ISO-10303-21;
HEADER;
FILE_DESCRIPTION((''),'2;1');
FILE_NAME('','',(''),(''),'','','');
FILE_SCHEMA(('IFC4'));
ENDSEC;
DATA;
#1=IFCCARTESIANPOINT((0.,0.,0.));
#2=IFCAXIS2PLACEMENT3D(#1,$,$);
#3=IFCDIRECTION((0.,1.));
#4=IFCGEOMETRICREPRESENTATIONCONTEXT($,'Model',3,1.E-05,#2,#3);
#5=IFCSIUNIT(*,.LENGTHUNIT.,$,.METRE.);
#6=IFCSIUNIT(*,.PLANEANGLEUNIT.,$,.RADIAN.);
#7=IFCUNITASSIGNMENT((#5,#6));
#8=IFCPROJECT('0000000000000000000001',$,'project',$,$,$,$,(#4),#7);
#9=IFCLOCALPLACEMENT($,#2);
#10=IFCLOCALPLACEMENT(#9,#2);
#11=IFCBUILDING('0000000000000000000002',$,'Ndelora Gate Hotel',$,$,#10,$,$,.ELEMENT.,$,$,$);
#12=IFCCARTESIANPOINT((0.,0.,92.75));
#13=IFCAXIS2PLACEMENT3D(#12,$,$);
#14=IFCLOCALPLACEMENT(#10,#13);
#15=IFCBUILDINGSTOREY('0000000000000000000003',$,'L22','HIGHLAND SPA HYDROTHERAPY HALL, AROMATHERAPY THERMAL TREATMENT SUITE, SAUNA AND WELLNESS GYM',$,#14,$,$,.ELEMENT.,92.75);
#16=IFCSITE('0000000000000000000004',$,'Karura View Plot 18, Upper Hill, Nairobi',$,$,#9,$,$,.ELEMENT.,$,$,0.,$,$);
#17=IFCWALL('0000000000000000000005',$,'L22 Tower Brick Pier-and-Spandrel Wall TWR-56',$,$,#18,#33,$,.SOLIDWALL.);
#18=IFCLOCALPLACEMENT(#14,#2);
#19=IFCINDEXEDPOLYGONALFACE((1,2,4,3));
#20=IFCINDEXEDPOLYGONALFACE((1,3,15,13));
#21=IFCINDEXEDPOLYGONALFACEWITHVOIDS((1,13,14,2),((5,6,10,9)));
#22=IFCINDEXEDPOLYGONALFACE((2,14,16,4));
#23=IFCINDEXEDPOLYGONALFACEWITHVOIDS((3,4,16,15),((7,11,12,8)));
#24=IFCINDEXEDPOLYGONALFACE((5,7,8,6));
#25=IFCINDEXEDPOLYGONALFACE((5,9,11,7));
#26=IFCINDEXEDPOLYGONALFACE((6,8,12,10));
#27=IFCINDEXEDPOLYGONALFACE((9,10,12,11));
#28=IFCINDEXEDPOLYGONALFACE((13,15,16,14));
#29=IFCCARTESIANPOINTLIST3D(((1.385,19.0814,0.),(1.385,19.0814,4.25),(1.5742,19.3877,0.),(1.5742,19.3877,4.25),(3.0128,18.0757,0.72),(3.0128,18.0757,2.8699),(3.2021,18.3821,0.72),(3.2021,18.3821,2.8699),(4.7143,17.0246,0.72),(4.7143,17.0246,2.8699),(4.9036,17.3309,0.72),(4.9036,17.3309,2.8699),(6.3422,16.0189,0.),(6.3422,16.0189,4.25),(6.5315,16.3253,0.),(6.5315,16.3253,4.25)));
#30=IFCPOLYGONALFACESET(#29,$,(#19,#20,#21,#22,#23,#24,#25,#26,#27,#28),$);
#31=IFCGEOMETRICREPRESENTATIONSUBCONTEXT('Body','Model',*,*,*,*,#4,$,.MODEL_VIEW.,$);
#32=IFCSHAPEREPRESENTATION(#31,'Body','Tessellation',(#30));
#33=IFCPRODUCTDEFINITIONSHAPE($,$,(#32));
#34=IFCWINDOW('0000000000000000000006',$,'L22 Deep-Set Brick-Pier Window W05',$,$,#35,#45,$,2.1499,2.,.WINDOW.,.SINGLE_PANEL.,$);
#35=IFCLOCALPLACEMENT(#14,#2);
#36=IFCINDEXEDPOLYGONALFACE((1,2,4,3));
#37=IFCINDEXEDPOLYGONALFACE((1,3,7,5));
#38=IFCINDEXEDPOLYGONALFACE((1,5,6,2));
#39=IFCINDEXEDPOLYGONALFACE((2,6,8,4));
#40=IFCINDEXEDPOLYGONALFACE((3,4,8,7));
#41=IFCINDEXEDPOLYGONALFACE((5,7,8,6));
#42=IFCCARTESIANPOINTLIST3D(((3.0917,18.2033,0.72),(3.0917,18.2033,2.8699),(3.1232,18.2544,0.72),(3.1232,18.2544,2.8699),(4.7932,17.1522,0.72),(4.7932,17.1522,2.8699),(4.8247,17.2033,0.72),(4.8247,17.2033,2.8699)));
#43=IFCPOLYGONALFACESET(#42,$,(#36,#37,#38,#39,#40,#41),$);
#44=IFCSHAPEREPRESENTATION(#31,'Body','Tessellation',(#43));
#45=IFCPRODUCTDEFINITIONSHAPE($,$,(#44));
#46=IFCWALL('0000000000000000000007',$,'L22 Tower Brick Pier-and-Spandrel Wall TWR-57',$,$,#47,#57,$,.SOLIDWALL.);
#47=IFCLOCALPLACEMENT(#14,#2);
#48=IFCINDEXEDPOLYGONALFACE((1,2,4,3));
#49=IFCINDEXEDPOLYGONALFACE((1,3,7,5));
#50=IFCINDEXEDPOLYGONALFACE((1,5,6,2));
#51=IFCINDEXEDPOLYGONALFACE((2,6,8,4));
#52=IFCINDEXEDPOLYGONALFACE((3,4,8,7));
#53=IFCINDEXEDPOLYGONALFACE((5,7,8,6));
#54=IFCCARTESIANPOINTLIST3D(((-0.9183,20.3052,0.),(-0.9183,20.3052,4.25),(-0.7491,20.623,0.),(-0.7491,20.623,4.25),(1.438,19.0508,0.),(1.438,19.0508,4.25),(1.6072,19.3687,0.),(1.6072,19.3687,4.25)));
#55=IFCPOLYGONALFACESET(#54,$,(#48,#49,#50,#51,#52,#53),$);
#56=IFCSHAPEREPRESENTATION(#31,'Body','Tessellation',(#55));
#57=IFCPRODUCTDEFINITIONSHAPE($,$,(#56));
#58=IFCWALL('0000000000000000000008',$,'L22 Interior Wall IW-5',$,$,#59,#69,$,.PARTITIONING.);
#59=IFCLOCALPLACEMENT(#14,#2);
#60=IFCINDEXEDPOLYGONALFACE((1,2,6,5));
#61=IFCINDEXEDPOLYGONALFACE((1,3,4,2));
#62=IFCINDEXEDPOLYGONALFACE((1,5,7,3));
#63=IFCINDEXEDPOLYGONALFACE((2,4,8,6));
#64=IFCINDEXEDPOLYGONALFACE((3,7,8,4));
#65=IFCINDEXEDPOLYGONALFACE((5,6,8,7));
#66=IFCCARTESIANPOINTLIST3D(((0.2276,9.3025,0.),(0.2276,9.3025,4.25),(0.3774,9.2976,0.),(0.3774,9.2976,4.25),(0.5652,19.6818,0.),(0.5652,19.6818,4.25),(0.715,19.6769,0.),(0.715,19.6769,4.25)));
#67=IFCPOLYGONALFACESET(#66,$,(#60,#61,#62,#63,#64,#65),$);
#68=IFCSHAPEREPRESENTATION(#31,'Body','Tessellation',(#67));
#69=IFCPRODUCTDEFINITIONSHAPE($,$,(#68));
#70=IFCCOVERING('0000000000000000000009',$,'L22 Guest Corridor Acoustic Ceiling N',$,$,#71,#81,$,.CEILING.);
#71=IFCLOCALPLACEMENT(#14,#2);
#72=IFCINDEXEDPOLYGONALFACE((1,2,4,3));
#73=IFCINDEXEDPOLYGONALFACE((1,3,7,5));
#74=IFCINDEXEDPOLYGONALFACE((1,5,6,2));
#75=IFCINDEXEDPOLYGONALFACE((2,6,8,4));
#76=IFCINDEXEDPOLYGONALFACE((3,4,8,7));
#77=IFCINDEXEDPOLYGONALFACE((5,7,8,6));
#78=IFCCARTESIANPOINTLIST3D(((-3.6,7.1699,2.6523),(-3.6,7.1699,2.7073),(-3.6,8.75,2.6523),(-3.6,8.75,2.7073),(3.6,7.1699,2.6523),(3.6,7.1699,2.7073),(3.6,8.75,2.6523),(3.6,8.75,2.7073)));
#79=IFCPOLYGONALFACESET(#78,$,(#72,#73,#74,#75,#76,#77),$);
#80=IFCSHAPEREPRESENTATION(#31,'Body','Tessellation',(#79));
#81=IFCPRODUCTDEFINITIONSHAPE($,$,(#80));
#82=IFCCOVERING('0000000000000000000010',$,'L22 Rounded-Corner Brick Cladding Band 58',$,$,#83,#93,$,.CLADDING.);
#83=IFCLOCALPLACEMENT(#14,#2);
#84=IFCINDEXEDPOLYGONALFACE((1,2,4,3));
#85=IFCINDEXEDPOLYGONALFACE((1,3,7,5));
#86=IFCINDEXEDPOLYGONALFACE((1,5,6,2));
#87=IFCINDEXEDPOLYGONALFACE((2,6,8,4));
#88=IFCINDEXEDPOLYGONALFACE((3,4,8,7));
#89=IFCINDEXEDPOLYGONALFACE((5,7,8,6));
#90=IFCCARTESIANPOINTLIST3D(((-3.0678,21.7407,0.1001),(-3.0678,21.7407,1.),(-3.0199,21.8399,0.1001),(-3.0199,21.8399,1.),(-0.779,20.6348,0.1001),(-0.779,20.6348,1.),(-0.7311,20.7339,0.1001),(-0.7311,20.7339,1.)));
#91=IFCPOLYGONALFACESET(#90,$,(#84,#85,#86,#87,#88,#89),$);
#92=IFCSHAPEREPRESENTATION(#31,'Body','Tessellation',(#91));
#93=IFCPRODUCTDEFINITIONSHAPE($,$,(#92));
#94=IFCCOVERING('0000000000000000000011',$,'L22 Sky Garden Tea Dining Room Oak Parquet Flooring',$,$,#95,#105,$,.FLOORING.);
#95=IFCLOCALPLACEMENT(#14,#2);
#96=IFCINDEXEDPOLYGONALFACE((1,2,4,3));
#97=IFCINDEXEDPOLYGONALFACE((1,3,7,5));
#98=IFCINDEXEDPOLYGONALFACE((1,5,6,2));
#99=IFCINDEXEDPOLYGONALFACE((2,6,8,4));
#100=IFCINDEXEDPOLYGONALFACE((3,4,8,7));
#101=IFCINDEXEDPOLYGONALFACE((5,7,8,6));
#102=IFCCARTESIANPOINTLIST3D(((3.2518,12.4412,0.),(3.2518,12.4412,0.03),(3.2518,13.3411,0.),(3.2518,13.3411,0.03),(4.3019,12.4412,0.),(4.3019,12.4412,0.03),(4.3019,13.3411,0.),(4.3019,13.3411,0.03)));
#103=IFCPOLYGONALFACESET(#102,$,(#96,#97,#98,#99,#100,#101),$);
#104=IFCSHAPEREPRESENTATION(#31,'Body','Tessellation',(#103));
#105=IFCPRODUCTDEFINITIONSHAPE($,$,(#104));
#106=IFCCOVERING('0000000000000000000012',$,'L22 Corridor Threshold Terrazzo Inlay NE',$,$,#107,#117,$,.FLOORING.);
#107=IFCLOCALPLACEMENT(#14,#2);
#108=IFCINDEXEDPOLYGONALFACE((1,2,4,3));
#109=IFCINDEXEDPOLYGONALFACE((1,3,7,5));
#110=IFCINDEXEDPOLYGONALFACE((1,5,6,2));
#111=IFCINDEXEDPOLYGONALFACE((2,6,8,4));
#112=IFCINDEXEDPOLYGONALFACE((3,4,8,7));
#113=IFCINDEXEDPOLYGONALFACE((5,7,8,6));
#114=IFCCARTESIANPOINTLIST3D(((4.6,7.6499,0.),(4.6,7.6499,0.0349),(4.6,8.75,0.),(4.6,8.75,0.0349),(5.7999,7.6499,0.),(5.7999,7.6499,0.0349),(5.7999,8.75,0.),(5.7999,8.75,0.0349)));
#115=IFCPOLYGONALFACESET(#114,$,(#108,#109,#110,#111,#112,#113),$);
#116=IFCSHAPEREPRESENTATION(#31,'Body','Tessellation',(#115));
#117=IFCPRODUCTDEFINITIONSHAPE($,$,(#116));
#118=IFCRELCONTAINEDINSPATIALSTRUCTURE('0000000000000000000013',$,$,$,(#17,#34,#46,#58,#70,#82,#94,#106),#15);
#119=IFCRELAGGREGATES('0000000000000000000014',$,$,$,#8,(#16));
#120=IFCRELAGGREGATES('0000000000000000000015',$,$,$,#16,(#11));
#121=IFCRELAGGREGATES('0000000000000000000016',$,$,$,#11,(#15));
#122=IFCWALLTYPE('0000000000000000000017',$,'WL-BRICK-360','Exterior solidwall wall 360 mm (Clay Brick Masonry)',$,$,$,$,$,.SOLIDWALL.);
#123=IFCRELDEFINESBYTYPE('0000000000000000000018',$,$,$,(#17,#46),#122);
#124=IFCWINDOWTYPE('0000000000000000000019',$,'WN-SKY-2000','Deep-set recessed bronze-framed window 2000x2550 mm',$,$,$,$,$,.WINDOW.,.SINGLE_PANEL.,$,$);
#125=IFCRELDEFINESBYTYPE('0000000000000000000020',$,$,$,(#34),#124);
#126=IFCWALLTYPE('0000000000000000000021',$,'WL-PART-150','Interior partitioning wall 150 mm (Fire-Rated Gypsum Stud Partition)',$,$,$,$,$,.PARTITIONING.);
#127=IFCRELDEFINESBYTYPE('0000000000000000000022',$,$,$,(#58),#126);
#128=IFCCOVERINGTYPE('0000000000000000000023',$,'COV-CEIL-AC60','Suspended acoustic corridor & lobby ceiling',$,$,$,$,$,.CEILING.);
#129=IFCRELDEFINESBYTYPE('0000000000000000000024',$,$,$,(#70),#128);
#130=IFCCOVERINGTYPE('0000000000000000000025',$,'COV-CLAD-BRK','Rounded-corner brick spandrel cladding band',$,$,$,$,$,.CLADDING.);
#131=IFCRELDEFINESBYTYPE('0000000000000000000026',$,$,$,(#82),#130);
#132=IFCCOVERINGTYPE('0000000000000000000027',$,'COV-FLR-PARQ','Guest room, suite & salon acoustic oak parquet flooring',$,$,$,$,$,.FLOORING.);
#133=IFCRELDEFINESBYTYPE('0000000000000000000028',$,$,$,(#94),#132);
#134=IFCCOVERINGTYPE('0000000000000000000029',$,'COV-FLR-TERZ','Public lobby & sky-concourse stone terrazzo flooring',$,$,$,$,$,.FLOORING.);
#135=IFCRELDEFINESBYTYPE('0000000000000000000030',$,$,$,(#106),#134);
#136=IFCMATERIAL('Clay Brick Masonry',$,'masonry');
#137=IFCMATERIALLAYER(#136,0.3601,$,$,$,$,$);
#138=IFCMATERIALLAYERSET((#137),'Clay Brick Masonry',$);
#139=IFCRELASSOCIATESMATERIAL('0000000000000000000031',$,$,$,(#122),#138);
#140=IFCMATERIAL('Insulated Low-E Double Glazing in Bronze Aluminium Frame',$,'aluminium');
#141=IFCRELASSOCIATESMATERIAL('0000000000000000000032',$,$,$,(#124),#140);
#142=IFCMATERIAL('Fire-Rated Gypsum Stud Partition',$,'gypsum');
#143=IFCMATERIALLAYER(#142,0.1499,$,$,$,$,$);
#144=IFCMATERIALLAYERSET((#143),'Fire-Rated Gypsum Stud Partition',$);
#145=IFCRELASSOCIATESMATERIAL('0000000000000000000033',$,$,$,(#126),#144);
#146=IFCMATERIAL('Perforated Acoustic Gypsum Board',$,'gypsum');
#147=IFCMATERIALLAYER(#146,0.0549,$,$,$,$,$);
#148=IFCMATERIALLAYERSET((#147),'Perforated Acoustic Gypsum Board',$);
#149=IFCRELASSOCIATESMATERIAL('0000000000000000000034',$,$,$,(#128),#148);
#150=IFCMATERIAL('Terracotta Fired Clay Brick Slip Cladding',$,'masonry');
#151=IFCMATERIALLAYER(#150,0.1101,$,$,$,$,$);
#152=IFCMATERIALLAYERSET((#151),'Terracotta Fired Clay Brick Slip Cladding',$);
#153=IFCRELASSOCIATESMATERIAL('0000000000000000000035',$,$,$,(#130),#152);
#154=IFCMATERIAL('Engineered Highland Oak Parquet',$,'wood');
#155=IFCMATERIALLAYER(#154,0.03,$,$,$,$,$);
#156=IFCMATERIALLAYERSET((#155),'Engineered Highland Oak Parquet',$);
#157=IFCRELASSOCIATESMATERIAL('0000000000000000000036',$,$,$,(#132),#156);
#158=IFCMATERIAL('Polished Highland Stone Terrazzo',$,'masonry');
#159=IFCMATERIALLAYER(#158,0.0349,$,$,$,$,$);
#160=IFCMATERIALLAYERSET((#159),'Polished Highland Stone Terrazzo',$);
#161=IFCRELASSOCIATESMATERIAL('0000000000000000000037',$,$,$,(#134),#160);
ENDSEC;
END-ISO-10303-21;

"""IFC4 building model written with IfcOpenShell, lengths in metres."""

from ifc_helpers import new_model, si_unit, direction, frame, frame_2d, origin, origin_2d, place, context, subcontext, project, spatial, rectangle, extrude, material, layer, layer_set, type_object, element, fill, save


model = new_model("IFC4")

# Units and contexts
model_context = context("Model", 3, precision=1e-05, world=origin(), true_north=direction((0.0, 1.0)))
body_context = subcontext(model_context, "Body", "Model", "MODEL_VIEW")
ifc_project = project(units=[si_unit("LENGTHUNIT", "METRE"), si_unit("PLANEANGLEUNIT", "RADIAN")], contexts=[model_context])

# Site, building, storey
site_placement = place(None, origin())
site = spatial("IfcSite", under=ifc_project, at=site_placement, Name="Karura View Plot 18, Upper Hill, Nairobi", CompositionType="ELEMENT", RefElevation=0.0)
building_placement = place(site_placement, origin())
building = spatial("IfcBuilding", under=site, at=building_placement, Name="Ndelora Gate Hotel", CompositionType="ELEMENT")
storey_placement = place(building_placement, frame((0.0, 0.0, 92.75)))
storey = spatial("IfcBuildingStorey", under=building, at=storey_placement, Name="L22", Description="HIGHLAND SPA HYDROTHERAPY HALL, AROMATHERAPY THERMAL TREATMENT SUITE, SAUNA AND WELLNESS GYM", CompositionType="ELEMENT", Elevation=92.75)

# Shared definitions
ifc_material_1 = material(Name="Clay Brick Masonry", Category="masonry")
ifc_layer_1 = layer(ifc_material_1, 0.3601)
ifc_layer_set_1 = layer_set([ifc_layer_1], Name="Clay Brick Masonry")
wall_type_1 = type_object("IfcWallType", Name="WL-BRICK-360", Description="Exterior solidwall wall 360 mm (Clay Brick Masonry)", PredefinedType="SOLIDWALL", material=ifc_layer_set_1)

# Wall, opening, window
wall_1_placement = place(storey_placement, frame((1.4795, 19.2346, 0.0), z_axis=(0.0, 0.0, 1.0), x_axis=(0.850748, -0.525574, 0.0)))
wall_1 = element("IfcWall", 1, at=wall_1_placement, inside=storey, type_object=wall_type_1, Name="L22 Tower Brick Pier-and-Spandrel Wall TWR-56", PredefinedType="SOLIDWALL", context=body_context, shape_type="SweptSolid", body=[
    extrude(rectangle(XDim=5.8269, YDim=0.3601, at=frame_2d((2.9136, 0.0))), origin(), (0.0, 0.0, 1.0), 4.25),
])
opening_1_placement = place(wall_1_placement, frame((1.9136, 0.0, 0.72)))
opening_1 = element("IfcOpeningElement", 2, at=opening_1_placement, cuts=wall_1, PredefinedType="OPENING", context=body_context, shape_type="SweptSolid", body=[
    extrude(rectangle(XDim=2.0, YDim=2.1499, at=frame_2d((1.0, 1.075))), frame((0.0, 0.1899, 0.0), z_axis=(0.0, -1.0, 0.0), x_axis=(1.0, 0.0, 0.0)), (0.0, 0.0, 1.0), 0.3801),
])
ifc_material_2 = material(Name="Insulated Low-E Double Glazing in Bronze Aluminium Frame", Category="aluminium")
window_type = type_object("IfcWindowType", Name="WN-SKY-2000", Description="Deep-set recessed bronze-framed window 2000x2550 mm", PartitioningType="SINGLE_PANEL", PredefinedType="WINDOW", material=ifc_material_2)
window_placement = place(opening_1_placement, origin())
window = element("IfcWindow", 3, at=window_placement, inside=storey, type_object=window_type, Name="L22 Deep-Set Brick-Pier Window W05", OverallHeight=2.1499, OverallWidth=2.0, PartitioningType="SINGLE_PANEL", PredefinedType="WINDOW", context=body_context, shape_type="SweptSolid", body=[
    extrude(rectangle(XDim=2.0, YDim=2.1499, at=frame_2d((1.0, 1.075))), frame((0.0, 0.03, 0.0), z_axis=(0.0, -1.0, 0.0), x_axis=(1.0, 0.0, 0.0)), (0.0, 0.0, 1.0), 0.0601),
])
fill(opening_1, window)

# Walls
wall_2_placement = place(storey_placement, frame((-0.8337, 20.4641, 0.0), z_axis=(0.0, 0.0, 1.0), x_axis=(0.882722, -0.469895, 0.0)))
element("IfcWall", 4, at=wall_2_placement, inside=storey, type_object=wall_type_1, Name="L22 Tower Brick Pier-and-Spandrel Wall TWR-57", PredefinedType="SOLIDWALL", context=body_context, shape_type="SweptSolid", body=[
    extrude(rectangle(XDim=2.6694, YDim=0.3601, at=frame_2d((1.3347, 0.0))), origin(), (0.0, 0.0, 1.0), 4.25),
])
ifc_material_3 = material(Name="Fire-Rated Gypsum Stud Partition", Category="gypsum")
ifc_layer_2 = layer(ifc_material_3, 0.1499)
ifc_layer_set_2 = layer_set([ifc_layer_2], Name="Fire-Rated Gypsum Stud Partition")
wall_type_2 = type_object("IfcWallType", Name="WL-PART-150", Description="Interior partitioning wall 150 mm (Fire-Rated Gypsum Stud Partition)", PredefinedType="PARTITIONING", material=ifc_layer_set_2)
wall_3_placement = place(storey_placement, frame((0.3025, 9.3, 0.0), z_axis=(0.0, 0.0, 1.0), x_axis=(0.032513, 0.999471, 0.0)))
element("IfcWall", 5, at=wall_3_placement, inside=storey, type_object=wall_type_2, Name="L22 Interior Wall IW-5", PredefinedType="PARTITIONING", context=body_context, shape_type="SweptSolid", body=[
    extrude(rectangle(XDim=10.3848, YDim=0.1499, at=frame_2d((5.1924, 0.0))), origin(), (0.0, 0.0, 1.0), 4.25),
])

# Coverings
ifc_material_4 = material(Name="Perforated Acoustic Gypsum Board", Category="gypsum")
ifc_layer_3 = layer(ifc_material_4, 0.0549)
ifc_layer_set_3 = layer_set([ifc_layer_3], Name="Perforated Acoustic Gypsum Board")
covering_type_1 = type_object("IfcCoveringType", Name="COV-CEIL-AC60", Description="Suspended acoustic corridor & lobby ceiling", PredefinedType="CEILING", material=ifc_layer_set_3)
covering_1_placement = place(storey_placement, frame((0.0, 7.96, 2.6523), z_axis=(0.0, 0.0, 1.0), x_axis=(1.0, 0.0, 0.0)))
element("IfcCovering", 6, at=covering_1_placement, inside=storey, type_object=covering_type_1, Name="L22 Guest Corridor Acoustic Ceiling N", PredefinedType="CEILING", context=body_context, shape_type="SweptSolid", body=[
    extrude(rectangle(XDim=7.2, YDim=1.5801, at=origin_2d()), origin(), (0.0, 0.0, 1.0), 0.0549),
])
ifc_material_5 = material(Name="Terracotta Fired Clay Brick Slip Cladding", Category="masonry")
ifc_layer_4 = layer(ifc_material_5, 0.1101)
ifc_layer_set_4 = layer_set([ifc_layer_4], Name="Terracotta Fired Clay Brick Slip Cladding")
covering_type_2 = type_object("IfcCoveringType", Name="COV-CLAD-BRK", Description="Rounded-corner brick spandrel cladding band", PredefinedType="CLADDING", material=ifc_layer_set_4)
covering_2_placement = place(storey_placement, frame((-1.8994, 21.2373, 0.1001), z_axis=(0.0, 0.0, 1.0), x_axis=(-0.900395, 0.435074, 0.0)))
element("IfcCovering", 7, at=covering_2_placement, inside=storey, type_object=covering_type_2, Name="L22 Rounded-Corner Brick Cladding Band 58", PredefinedType="CLADDING", context=body_context, shape_type="SweptSolid", body=[
    extrude(rectangle(XDim=2.542, YDim=0.1101, at=origin_2d()), origin(), (0.0, 0.0, 1.0), 0.8999),
])
ifc_material_6 = material(Name="Engineered Highland Oak Parquet", Category="wood")
ifc_layer_5 = layer(ifc_material_6, 0.03)
ifc_layer_set_5 = layer_set([ifc_layer_5], Name="Engineered Highland Oak Parquet")
covering_type_3 = type_object("IfcCoveringType", Name="COV-FLR-PARQ", Description="Guest room, suite & salon acoustic oak parquet flooring", PredefinedType="FLOORING", material=ifc_layer_set_5)
covering_3_placement = place(storey_placement, frame((3.7769, 12.8911, 0.0), z_axis=(0.0, 0.0, 1.0), x_axis=(1.0, 0.0, 0.0)))
element("IfcCovering", 8, at=covering_3_placement, inside=storey, type_object=covering_type_3, Name="L22 Sky Garden Tea Dining Room Oak Parquet Flooring", PredefinedType="FLOORING", context=body_context, shape_type="SweptSolid", body=[
    extrude(rectangle(XDim=1.05, YDim=0.8999, at=origin_2d()), origin(), (0.0, 0.0, 1.0), 0.03),
])
ifc_material_7 = material(Name="Polished Highland Stone Terrazzo", Category="masonry")
ifc_layer_6 = layer(ifc_material_7, 0.0349)
ifc_layer_set_6 = layer_set([ifc_layer_6], Name="Polished Highland Stone Terrazzo")
covering_type_4 = type_object("IfcCoveringType", Name="COV-FLR-TERZ", Description="Public lobby & sky-concourse stone terrazzo flooring", PredefinedType="FLOORING", material=ifc_layer_set_6)
covering_4_placement = place(storey_placement, frame((5.2, 8.2, 0.0), z_axis=(0.0, 0.0, 1.0), x_axis=(1.0, 0.0, 0.0)))
element("IfcCovering", 9, at=covering_4_placement, inside=storey, type_object=covering_type_4, Name="L22 Corridor Threshold Terrazzo Inlay NE", PredefinedType="FLOORING", context=body_context, shape_type="SweptSolid", body=[
    extrude(rectangle(XDim=1.2, YDim=1.1001, at=origin_2d()), origin(), (0.0, 0.0, 1.0), 0.0349),
])

save(model, "model.ifc")
